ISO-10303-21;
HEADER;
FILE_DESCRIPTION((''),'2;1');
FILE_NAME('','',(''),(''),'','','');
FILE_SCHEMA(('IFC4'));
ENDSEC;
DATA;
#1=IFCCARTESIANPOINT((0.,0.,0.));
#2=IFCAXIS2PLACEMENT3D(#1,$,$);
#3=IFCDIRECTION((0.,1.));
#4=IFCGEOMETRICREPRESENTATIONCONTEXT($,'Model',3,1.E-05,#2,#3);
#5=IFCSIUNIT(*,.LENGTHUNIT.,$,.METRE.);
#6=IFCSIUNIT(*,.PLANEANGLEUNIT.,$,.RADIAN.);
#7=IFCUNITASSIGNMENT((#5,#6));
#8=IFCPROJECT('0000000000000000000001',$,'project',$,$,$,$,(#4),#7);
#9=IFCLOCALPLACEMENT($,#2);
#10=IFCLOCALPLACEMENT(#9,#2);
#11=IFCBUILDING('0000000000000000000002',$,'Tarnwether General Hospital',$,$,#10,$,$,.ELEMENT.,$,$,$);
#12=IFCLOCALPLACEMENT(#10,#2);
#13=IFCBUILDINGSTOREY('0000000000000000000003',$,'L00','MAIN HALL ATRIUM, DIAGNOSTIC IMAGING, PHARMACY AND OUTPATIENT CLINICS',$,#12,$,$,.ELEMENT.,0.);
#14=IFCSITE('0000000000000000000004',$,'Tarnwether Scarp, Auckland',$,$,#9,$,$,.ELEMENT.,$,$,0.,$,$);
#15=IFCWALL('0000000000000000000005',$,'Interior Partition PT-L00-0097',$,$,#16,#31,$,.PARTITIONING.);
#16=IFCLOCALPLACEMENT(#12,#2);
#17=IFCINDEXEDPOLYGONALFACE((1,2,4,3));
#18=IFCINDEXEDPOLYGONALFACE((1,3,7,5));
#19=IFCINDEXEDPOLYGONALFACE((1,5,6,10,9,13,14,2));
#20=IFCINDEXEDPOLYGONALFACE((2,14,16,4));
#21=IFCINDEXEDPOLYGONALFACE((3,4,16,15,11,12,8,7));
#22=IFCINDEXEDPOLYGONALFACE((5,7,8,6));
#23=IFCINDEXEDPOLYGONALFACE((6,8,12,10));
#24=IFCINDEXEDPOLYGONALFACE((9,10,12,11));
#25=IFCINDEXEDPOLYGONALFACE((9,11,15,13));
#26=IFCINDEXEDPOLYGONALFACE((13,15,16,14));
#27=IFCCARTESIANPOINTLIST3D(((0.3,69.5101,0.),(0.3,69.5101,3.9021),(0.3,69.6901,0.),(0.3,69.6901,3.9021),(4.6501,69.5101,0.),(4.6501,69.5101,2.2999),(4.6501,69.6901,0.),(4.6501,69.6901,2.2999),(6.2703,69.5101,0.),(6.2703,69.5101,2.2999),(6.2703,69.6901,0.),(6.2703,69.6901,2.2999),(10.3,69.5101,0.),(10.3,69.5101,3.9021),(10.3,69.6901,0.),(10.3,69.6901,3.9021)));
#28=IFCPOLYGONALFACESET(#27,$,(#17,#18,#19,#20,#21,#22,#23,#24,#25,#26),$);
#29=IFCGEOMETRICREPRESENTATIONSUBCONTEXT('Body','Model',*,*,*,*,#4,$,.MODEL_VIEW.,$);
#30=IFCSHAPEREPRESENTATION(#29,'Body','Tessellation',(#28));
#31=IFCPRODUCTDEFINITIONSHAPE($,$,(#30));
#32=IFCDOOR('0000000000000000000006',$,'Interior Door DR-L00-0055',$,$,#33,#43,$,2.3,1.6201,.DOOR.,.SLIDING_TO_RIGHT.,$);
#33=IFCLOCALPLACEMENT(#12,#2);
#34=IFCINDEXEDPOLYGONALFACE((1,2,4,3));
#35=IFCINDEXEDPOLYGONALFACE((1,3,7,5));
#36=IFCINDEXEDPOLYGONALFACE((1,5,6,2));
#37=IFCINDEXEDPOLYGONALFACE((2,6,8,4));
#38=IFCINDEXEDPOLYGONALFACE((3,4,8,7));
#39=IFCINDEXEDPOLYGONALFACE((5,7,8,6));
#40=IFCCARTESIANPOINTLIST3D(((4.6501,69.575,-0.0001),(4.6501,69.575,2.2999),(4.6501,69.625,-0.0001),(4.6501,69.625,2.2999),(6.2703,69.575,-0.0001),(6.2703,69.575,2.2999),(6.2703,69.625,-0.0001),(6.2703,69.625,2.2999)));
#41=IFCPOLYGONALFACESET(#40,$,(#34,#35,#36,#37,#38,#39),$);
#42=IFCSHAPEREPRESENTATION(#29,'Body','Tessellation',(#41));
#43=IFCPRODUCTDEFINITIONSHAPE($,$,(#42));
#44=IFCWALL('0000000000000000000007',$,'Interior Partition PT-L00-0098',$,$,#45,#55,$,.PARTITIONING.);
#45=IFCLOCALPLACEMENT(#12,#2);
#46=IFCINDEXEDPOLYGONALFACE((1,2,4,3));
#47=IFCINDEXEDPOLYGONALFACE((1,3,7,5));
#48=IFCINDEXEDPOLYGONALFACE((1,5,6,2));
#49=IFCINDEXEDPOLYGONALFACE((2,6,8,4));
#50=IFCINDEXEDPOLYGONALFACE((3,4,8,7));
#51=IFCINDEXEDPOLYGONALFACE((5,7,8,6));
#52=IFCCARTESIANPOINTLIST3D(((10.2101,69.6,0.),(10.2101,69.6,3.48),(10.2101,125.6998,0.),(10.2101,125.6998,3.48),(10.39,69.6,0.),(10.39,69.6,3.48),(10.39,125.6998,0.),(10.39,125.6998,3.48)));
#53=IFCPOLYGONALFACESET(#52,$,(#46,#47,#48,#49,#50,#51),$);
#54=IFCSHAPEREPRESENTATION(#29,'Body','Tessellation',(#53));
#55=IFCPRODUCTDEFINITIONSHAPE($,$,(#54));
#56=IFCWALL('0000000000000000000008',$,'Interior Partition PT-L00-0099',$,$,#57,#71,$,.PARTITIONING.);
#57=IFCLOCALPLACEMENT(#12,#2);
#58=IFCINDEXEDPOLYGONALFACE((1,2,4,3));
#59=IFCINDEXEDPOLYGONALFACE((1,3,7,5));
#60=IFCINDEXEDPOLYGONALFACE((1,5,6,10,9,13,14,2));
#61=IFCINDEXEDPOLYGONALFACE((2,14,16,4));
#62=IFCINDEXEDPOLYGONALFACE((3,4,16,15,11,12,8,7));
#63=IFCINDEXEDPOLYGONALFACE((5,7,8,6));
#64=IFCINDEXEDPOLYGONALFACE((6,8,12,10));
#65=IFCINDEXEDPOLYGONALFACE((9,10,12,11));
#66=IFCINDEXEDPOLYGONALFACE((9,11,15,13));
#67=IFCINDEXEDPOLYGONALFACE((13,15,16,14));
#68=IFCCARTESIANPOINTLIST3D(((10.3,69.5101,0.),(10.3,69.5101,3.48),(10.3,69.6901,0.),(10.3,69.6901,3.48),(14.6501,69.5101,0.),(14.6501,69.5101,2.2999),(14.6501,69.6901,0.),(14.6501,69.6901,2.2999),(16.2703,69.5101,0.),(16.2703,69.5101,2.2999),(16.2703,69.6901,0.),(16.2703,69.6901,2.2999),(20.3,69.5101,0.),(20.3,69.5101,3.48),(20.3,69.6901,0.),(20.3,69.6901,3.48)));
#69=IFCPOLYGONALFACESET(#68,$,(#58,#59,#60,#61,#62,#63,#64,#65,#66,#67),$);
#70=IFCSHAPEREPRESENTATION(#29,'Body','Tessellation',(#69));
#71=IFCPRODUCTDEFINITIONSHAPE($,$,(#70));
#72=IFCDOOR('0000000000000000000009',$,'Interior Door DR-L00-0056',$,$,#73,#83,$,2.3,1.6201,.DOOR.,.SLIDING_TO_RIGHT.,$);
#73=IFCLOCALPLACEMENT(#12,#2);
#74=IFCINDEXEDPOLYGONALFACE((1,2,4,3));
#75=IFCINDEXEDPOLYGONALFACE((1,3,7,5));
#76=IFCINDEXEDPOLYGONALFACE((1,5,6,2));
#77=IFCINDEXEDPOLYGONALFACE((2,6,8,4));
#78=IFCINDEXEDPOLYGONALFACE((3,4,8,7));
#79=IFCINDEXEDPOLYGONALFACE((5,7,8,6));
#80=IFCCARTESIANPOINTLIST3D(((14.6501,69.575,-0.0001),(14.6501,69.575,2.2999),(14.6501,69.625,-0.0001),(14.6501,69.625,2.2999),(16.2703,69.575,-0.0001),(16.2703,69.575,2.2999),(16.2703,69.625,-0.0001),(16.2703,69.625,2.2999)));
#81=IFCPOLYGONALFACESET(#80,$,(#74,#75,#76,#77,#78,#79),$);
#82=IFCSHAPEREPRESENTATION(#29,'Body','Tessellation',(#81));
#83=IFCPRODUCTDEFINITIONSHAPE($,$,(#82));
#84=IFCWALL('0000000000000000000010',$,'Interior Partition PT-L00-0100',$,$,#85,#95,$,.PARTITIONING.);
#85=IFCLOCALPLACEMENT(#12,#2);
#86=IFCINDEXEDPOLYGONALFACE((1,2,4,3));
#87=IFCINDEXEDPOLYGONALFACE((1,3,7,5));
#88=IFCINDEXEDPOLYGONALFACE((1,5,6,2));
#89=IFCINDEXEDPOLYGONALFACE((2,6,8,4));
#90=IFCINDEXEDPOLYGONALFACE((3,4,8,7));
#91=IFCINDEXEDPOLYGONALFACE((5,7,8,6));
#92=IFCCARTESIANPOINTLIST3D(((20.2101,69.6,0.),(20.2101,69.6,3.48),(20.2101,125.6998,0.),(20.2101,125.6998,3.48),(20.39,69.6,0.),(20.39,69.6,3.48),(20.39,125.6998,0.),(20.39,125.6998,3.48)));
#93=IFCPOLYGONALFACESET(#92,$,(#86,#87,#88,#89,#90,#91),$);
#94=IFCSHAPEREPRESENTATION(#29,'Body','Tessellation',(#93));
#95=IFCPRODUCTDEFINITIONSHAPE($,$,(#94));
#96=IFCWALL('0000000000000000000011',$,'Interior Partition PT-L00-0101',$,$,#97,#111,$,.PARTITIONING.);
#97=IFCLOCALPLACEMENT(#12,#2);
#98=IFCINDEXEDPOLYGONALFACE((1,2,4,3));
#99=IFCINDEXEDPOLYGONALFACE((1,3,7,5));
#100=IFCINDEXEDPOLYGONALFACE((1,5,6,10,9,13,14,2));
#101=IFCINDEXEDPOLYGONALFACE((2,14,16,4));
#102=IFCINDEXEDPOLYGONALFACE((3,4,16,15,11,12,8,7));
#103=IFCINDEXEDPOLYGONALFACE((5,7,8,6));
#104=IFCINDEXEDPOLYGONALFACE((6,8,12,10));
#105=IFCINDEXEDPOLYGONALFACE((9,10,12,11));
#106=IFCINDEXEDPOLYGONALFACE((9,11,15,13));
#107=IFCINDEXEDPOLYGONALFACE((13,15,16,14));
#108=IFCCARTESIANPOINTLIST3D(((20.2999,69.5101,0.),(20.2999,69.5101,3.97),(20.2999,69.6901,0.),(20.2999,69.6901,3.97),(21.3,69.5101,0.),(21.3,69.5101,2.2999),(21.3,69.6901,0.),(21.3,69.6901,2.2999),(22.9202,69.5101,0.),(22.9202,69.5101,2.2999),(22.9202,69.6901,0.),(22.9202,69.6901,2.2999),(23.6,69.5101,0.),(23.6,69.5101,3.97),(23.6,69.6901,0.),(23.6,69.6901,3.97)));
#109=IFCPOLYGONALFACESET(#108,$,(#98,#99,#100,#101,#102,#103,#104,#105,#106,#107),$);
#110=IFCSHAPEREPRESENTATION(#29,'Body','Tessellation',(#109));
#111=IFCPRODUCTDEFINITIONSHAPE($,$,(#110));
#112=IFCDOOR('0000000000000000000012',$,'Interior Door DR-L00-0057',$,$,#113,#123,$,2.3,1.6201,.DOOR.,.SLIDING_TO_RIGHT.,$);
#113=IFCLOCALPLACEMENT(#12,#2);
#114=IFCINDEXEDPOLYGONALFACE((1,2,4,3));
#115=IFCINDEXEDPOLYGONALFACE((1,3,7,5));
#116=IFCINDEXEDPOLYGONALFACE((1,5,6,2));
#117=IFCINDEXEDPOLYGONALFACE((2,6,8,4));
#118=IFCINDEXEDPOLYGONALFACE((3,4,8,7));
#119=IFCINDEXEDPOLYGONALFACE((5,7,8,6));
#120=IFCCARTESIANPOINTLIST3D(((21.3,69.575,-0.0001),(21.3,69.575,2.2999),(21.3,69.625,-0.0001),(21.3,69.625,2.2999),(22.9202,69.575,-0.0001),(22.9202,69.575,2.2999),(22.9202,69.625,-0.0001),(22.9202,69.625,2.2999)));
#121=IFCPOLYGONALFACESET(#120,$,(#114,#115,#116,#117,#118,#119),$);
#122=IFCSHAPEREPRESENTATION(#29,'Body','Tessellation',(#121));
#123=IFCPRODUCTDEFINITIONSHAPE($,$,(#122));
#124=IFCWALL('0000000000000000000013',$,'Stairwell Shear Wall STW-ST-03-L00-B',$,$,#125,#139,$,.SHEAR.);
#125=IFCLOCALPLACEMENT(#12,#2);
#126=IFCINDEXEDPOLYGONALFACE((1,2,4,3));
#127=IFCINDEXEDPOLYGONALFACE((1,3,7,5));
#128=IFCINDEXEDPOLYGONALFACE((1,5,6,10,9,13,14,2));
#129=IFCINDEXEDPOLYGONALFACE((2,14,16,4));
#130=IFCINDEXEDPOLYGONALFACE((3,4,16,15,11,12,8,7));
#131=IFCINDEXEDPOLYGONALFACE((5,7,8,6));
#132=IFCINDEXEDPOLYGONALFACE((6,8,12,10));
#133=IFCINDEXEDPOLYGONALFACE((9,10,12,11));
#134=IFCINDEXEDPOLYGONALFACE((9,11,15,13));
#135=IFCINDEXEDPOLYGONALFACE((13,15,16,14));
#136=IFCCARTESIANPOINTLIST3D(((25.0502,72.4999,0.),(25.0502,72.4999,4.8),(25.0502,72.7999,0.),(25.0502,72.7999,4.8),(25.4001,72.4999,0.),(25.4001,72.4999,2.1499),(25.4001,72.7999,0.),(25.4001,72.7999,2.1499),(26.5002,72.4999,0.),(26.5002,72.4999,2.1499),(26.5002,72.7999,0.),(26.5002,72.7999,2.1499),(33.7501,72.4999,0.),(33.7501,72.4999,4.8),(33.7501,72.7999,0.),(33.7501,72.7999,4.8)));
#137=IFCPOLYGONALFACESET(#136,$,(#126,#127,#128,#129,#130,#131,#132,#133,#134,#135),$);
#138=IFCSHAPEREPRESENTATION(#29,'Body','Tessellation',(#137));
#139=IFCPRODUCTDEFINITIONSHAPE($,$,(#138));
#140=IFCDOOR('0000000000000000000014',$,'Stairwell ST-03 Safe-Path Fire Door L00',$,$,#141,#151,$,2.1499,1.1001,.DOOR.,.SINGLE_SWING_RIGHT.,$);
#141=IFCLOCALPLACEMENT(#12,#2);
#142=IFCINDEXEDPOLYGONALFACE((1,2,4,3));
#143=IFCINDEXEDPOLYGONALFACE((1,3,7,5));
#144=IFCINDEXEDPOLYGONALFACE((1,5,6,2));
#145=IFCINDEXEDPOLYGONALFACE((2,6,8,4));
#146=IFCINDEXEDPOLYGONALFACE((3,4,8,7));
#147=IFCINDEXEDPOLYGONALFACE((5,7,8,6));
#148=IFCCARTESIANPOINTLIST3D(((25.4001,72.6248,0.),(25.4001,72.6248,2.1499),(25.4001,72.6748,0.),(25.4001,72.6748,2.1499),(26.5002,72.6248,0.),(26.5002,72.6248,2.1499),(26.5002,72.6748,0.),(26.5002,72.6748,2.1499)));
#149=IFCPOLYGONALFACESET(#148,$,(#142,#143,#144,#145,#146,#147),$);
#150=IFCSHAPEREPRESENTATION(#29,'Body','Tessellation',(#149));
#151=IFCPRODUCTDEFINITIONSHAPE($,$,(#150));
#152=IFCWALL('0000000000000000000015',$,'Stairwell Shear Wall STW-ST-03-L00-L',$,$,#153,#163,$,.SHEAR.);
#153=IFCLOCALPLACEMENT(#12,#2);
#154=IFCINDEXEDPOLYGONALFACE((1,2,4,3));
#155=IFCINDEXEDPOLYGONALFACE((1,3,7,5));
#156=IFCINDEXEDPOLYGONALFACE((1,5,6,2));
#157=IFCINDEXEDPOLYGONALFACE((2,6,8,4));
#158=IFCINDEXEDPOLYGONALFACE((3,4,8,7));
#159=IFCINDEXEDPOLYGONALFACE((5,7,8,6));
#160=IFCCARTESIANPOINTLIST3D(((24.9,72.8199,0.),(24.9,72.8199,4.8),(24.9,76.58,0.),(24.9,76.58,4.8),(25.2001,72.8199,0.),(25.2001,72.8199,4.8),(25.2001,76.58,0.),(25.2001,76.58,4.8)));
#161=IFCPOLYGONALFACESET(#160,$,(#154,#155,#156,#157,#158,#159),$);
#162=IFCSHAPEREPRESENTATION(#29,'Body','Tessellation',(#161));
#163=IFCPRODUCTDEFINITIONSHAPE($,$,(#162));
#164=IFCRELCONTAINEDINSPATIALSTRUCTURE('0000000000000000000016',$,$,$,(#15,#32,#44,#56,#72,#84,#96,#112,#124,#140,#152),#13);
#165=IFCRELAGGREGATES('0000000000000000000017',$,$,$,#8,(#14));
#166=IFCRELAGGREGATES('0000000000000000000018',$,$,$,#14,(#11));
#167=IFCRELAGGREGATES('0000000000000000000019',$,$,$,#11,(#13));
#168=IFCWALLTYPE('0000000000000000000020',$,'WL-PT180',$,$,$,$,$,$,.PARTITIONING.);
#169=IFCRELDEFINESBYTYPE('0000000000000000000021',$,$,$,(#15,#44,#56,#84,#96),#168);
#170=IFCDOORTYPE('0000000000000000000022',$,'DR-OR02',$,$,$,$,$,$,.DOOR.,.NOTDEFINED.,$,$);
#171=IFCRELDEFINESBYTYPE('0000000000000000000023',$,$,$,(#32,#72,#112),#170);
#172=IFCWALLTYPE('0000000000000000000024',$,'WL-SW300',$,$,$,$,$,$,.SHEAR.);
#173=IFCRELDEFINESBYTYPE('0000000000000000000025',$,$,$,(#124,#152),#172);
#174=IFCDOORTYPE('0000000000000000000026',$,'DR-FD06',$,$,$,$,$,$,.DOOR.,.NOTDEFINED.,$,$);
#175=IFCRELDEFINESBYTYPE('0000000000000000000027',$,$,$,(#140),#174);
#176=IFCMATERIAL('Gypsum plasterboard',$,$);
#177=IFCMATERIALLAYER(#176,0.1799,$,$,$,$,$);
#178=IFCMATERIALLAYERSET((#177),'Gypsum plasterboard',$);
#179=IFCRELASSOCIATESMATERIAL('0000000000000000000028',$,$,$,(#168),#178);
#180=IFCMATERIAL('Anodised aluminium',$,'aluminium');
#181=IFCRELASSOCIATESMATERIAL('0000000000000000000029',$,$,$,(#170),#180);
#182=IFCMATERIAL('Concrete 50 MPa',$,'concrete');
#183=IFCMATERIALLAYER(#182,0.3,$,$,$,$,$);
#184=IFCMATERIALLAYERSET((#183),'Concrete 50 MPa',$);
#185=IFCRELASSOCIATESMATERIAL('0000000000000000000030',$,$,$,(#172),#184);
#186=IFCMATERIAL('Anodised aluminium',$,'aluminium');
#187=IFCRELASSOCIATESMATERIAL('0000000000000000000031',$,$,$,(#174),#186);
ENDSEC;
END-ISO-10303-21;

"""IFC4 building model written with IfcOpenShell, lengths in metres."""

from ifc_helpers import new_model, si_unit, direction, frame, frame_2d, origin, place, context, subcontext, project, spatial, rectangle, extrude, material, layer, layer_set, type_object, element, fill, save


model = new_model("IFC4")

# Units and contexts
model_context = context("Model", 3, precision=1e-05, world=origin(), true_north=direction((0.0, 1.0)))
body_context = subcontext(model_context, "Body", "Model", "MODEL_VIEW")
ifc_project = project(units=[si_unit("LENGTHUNIT", "METRE"), si_unit("PLANEANGLEUNIT", "RADIAN")], contexts=[model_context])

# Site, building, storey
site_placement = place(None, origin())
site = spatial("IfcSite", under=ifc_project, at=site_placement, Name="Tarnwether Scarp, Auckland", CompositionType="ELEMENT", RefElevation=0.0)
building_placement = place(site_placement, origin())
building = spatial("IfcBuilding", under=site, at=building_placement, Name="Tarnwether General Hospital", CompositionType="ELEMENT")
storey_placement = place(building_placement, origin())
storey = spatial("IfcBuildingStorey", under=building, at=storey_placement, Name="L00", Description="MAIN HALL ATRIUM, DIAGNOSTIC IMAGING, PHARMACY AND OUTPATIENT CLINICS", CompositionType="ELEMENT", Elevation=0.0)

# Wall, opening, door
ifc_material_1 = material(Name="Gypsum plasterboard")
ifc_layer_1 = layer(ifc_material_1, 0.1799)
ifc_layer_set_1 = layer_set([ifc_layer_1], Name="Gypsum plasterboard")
wall_type_1 = type_object("IfcWallType", Name="WL-PT180", PredefinedType="PARTITIONING", material=ifc_layer_set_1)
ifc_material_2 = material(Name="Anodised aluminium", Category="aluminium")
door_type_1 = type_object("IfcDoorType", Name="DR-OR02", OperationType="NOTDEFINED", PredefinedType="DOOR", material=ifc_material_2)
wall_1_placement = place(storey_placement, frame((0.3, 69.6001, 0.0), z_axis=(0.0, 0.0, 1.0), x_axis=(1.0, 0.0, 0.0)))
wall_1 = element("IfcWall", 1, at=wall_1_placement, inside=storey, type_object=wall_type_1, Name="Interior Partition PT-L00-0097", PredefinedType="PARTITIONING", context=body_context, shape_type="SweptSolid", body=[
    extrude(rectangle(XDim=10.0, YDim=0.1799, at=frame_2d((5.0, 0.0))), origin(), (0.0, 0.0, 1.0), 3.9021),
])
opening_1_placement = place(wall_1_placement, frame((4.3501, 0.0, 0.0)))
opening_1 = element("IfcOpeningElement", 2, at=opening_1_placement, cuts=wall_1, PredefinedType="OPENING", context=body_context, shape_type="SweptSolid", body=[
    extrude(rectangle(XDim=1.6201, YDim=2.3, at=frame_2d((0.8101, 1.1499))), frame((0.0, 0.1001, 0.0), z_axis=(0.0, -1.0, 0.0), x_axis=(1.0, 0.0, 0.0)), (0.0, 0.0, 1.0), 0.2),
])
door_1_placement = place(opening_1_placement, origin())
door_1 = element("IfcDoor", 3, at=door_1_placement, inside=storey, type_object=door_type_1, Name="Interior Door DR-L00-0055", OperationType="SLIDING_TO_RIGHT", OverallHeight=2.3, OverallWidth=1.6201, PredefinedType="DOOR", context=body_context, shape_type="SweptSolid", body=[
    extrude(rectangle(XDim=1.6201, YDim=2.3, at=frame_2d((0.8101, 1.1499))), frame((0.0, 0.0249, 0.0), z_axis=(0.0, -1.0, 0.0), x_axis=(1.0, 0.0, 0.0)), (0.0, 0.0, 1.0), 0.05),
])
fill(opening_1, door_1)

# Wall
wall_2_placement = place(storey_placement, frame((10.3, 69.6001, 0.0), z_axis=(0.0, 0.0, 1.0), x_axis=(0.0, 1.0, 0.0)))
element("IfcWall", 4, at=wall_2_placement, inside=storey, type_object=wall_type_1, Name="Interior Partition PT-L00-0098", PredefinedType="PARTITIONING", context=body_context, shape_type="SweptSolid", body=[
    extrude(rectangle(XDim=56.0999, YDim=0.1799, at=frame_2d((28.0498, 0.0))), origin(), (0.0, 0.0, 1.0), 3.48),
])

# Wall, opening, door
wall_3_placement = place(storey_placement, frame((10.3, 69.6001, 0.0), z_axis=(0.0, 0.0, 1.0), x_axis=(1.0, 0.0, 0.0)))
wall_3 = element("IfcWall", 5, at=wall_3_placement, inside=storey, type_object=wall_type_1, Name="Interior Partition PT-L00-0099", PredefinedType="PARTITIONING", context=body_context, shape_type="SweptSolid", body=[
    extrude(rectangle(XDim=10.0, YDim=0.1799, at=frame_2d((5.0, 0.0))), origin(), (0.0, 0.0, 1.0), 3.48),
])
opening_2_placement = place(wall_3_placement, frame((4.3501, 0.0, 0.0)))
opening_2 = element("IfcOpeningElement", 6, at=opening_2_placement, cuts=wall_3, PredefinedType="OPENING", context=body_context, shape_type="SweptSolid", body=[
    extrude(rectangle(XDim=1.6201, YDim=2.3, at=frame_2d((0.8101, 1.1499))), frame((0.0, 0.1001, 0.0), z_axis=(0.0, -1.0, 0.0), x_axis=(1.0, 0.0, 0.0)), (0.0, 0.0, 1.0), 0.2),
])
door_2_placement = place(opening_2_placement, origin())
door_2 = element("IfcDoor", 7, at=door_2_placement, inside=storey, type_object=door_type_1, Name="Interior Door DR-L00-0056", OperationType="SLIDING_TO_RIGHT", OverallHeight=2.3, OverallWidth=1.6201, PredefinedType="DOOR", context=body_context, shape_type="SweptSolid", body=[
    extrude(rectangle(XDim=1.6201, YDim=2.3, at=frame_2d((0.8101, 1.1499))), frame((0.0, 0.0249, 0.0), z_axis=(0.0, -1.0, 0.0), x_axis=(1.0, 0.0, 0.0)), (0.0, 0.0, 1.0), 0.05),
])
fill(opening_2, door_2)

# Wall
wall_4_placement = place(storey_placement, frame((20.3, 69.6001, 0.0), z_axis=(0.0, 0.0, 1.0), x_axis=(0.0, 1.0, 0.0)))
element("IfcWall", 8, at=wall_4_placement, inside=storey, type_object=wall_type_1, Name="Interior Partition PT-L00-0100", PredefinedType="PARTITIONING", context=body_context, shape_type="SweptSolid", body=[
    extrude(rectangle(XDim=56.0999, YDim=0.1799, at=frame_2d((28.0498, 0.0))), origin(), (0.0, 0.0, 1.0), 3.48),
])

# Walls, openings, doors
wall_5_placement = place(storey_placement, frame((20.3, 69.6001, 0.0), z_axis=(0.0, 0.0, 1.0), x_axis=(1.0, 0.0, 0.0)))
wall_5 = element("IfcWall", 9, at=wall_5_placement, inside=storey, type_object=wall_type_1, Name="Interior Partition PT-L00-0101", PredefinedType="PARTITIONING", context=body_context, shape_type="SweptSolid", body=[
    extrude(rectangle(XDim=3.3, YDim=0.1799, at=frame_2d((1.6499, 0.0))), origin(), (0.0, 0.0, 1.0), 3.97),
])
opening_3_placement = place(wall_5_placement, frame((1.0, 0.0, 0.0)))
opening_3 = element("IfcOpeningElement", 10, at=opening_3_placement, cuts=wall_5, PredefinedType="OPENING", context=body_context, shape_type="SweptSolid", body=[
    extrude(rectangle(XDim=1.6201, YDim=2.3, at=frame_2d((0.8101, 1.1499))), frame((0.0, 0.1001, 0.0), z_axis=(0.0, -1.0, 0.0), x_axis=(1.0, 0.0, 0.0)), (0.0, 0.0, 1.0), 0.2),
])
door_3_placement = place(opening_3_placement, origin())
door_3 = element("IfcDoor", 11, at=door_3_placement, inside=storey, type_object=door_type_1, Name="Interior Door DR-L00-0057", OperationType="SLIDING_TO_RIGHT", OverallHeight=2.3, OverallWidth=1.6201, PredefinedType="DOOR", context=body_context, shape_type="SweptSolid", body=[
    extrude(rectangle(XDim=1.6201, YDim=2.3, at=frame_2d((0.8101, 1.1499))), frame((0.0, 0.0249, 0.0), z_axis=(0.0, -1.0, 0.0), x_axis=(1.0, 0.0, 0.0)), (0.0, 0.0, 1.0), 0.05),
])
fill(opening_3, door_3)
ifc_material_3 = material(Name="Concrete 50 MPa", Category="concrete")
ifc_layer_2 = layer(ifc_material_3, 0.3)
ifc_layer_set_2 = layer_set([ifc_layer_2], Name="Concrete 50 MPa")
wall_type_2 = type_object("IfcWallType", Name="WL-SW300", PredefinedType="SHEAR", material=ifc_layer_set_2)
wall_6_placement = place(storey_placement, frame((25.05, 72.6499, 0.0), z_axis=(0.0, 0.0, 1.0), x_axis=(1.0, 0.0, 0.0)))
wall_6 = element("IfcWall", 12, at=wall_6_placement, inside=storey, type_object=wall_type_2, Name="Stairwell Shear Wall STW-ST-03-L00-B", PredefinedType="SHEAR", context=body_context, shape_type="SweptSolid", body=[
    extrude(rectangle(XDim=8.7, YDim=0.3, at=frame_2d((4.3501, 0.0))), origin(), (0.0, 0.0, 1.0), 4.8),
])
opening_4_placement = place(wall_6_placement, frame((0.3501, 0.0, 0.0)))
opening_4 = element("IfcOpeningElement", 13, at=opening_4_placement, cuts=wall_6, PredefinedType="OPENING", context=body_context, shape_type="SweptSolid", body=[
    extrude(rectangle(XDim=1.1001, YDim=2.1499, at=frame_2d((0.55, 1.075))), frame((0.0, 0.1602, 0.0), z_axis=(0.0, -1.0, 0.0), x_axis=(1.0, 0.0, 0.0)), (0.0, 0.0, 1.0), 0.3201),
])
ifc_material_4 = material(Name="Anodised aluminium", Category="aluminium")
door_type_2 = type_object("IfcDoorType", Name="DR-FD06", OperationType="NOTDEFINED", PredefinedType="DOOR", material=ifc_material_4)
door_4_placement = place(opening_4_placement, origin())
door_4 = element("IfcDoor", 14, at=door_4_placement, inside=storey, type_object=door_type_2, Name="Stairwell ST-03 Safe-Path Fire Door L00", OperationType="SINGLE_SWING_RIGHT", OverallHeight=2.1499, OverallWidth=1.1001, PredefinedType="DOOR", context=body_context, shape_type="SweptSolid", body=[
    extrude(rectangle(XDim=1.1001, YDim=2.1499, at=frame_2d((0.55, 1.075))), frame((0.0, 0.0249, 0.0), z_axis=(0.0, -1.0, 0.0), x_axis=(1.0, 0.0, 0.0)), (0.0, 0.0, 1.0), 0.05),
])
fill(opening_4, door_4)

# Wall
wall_7_placement = place(storey_placement, frame((25.05, 72.8201, 0.0), z_axis=(0.0, 0.0, 1.0), x_axis=(0.0, 1.0, 0.0)))
element("IfcWall", 15, at=wall_7_placement, inside=storey, type_object=wall_type_2, Name="Stairwell Shear Wall STW-ST-03-L00-L", PredefinedType="SHEAR", context=body_context, shape_type="SweptSolid", body=[
    extrude(rectangle(XDim=3.76, YDim=0.3, at=frame_2d((1.8799, 0.0))), origin(), (0.0, 0.0, 1.0), 4.8),
])

save(model, "model.ifc")
